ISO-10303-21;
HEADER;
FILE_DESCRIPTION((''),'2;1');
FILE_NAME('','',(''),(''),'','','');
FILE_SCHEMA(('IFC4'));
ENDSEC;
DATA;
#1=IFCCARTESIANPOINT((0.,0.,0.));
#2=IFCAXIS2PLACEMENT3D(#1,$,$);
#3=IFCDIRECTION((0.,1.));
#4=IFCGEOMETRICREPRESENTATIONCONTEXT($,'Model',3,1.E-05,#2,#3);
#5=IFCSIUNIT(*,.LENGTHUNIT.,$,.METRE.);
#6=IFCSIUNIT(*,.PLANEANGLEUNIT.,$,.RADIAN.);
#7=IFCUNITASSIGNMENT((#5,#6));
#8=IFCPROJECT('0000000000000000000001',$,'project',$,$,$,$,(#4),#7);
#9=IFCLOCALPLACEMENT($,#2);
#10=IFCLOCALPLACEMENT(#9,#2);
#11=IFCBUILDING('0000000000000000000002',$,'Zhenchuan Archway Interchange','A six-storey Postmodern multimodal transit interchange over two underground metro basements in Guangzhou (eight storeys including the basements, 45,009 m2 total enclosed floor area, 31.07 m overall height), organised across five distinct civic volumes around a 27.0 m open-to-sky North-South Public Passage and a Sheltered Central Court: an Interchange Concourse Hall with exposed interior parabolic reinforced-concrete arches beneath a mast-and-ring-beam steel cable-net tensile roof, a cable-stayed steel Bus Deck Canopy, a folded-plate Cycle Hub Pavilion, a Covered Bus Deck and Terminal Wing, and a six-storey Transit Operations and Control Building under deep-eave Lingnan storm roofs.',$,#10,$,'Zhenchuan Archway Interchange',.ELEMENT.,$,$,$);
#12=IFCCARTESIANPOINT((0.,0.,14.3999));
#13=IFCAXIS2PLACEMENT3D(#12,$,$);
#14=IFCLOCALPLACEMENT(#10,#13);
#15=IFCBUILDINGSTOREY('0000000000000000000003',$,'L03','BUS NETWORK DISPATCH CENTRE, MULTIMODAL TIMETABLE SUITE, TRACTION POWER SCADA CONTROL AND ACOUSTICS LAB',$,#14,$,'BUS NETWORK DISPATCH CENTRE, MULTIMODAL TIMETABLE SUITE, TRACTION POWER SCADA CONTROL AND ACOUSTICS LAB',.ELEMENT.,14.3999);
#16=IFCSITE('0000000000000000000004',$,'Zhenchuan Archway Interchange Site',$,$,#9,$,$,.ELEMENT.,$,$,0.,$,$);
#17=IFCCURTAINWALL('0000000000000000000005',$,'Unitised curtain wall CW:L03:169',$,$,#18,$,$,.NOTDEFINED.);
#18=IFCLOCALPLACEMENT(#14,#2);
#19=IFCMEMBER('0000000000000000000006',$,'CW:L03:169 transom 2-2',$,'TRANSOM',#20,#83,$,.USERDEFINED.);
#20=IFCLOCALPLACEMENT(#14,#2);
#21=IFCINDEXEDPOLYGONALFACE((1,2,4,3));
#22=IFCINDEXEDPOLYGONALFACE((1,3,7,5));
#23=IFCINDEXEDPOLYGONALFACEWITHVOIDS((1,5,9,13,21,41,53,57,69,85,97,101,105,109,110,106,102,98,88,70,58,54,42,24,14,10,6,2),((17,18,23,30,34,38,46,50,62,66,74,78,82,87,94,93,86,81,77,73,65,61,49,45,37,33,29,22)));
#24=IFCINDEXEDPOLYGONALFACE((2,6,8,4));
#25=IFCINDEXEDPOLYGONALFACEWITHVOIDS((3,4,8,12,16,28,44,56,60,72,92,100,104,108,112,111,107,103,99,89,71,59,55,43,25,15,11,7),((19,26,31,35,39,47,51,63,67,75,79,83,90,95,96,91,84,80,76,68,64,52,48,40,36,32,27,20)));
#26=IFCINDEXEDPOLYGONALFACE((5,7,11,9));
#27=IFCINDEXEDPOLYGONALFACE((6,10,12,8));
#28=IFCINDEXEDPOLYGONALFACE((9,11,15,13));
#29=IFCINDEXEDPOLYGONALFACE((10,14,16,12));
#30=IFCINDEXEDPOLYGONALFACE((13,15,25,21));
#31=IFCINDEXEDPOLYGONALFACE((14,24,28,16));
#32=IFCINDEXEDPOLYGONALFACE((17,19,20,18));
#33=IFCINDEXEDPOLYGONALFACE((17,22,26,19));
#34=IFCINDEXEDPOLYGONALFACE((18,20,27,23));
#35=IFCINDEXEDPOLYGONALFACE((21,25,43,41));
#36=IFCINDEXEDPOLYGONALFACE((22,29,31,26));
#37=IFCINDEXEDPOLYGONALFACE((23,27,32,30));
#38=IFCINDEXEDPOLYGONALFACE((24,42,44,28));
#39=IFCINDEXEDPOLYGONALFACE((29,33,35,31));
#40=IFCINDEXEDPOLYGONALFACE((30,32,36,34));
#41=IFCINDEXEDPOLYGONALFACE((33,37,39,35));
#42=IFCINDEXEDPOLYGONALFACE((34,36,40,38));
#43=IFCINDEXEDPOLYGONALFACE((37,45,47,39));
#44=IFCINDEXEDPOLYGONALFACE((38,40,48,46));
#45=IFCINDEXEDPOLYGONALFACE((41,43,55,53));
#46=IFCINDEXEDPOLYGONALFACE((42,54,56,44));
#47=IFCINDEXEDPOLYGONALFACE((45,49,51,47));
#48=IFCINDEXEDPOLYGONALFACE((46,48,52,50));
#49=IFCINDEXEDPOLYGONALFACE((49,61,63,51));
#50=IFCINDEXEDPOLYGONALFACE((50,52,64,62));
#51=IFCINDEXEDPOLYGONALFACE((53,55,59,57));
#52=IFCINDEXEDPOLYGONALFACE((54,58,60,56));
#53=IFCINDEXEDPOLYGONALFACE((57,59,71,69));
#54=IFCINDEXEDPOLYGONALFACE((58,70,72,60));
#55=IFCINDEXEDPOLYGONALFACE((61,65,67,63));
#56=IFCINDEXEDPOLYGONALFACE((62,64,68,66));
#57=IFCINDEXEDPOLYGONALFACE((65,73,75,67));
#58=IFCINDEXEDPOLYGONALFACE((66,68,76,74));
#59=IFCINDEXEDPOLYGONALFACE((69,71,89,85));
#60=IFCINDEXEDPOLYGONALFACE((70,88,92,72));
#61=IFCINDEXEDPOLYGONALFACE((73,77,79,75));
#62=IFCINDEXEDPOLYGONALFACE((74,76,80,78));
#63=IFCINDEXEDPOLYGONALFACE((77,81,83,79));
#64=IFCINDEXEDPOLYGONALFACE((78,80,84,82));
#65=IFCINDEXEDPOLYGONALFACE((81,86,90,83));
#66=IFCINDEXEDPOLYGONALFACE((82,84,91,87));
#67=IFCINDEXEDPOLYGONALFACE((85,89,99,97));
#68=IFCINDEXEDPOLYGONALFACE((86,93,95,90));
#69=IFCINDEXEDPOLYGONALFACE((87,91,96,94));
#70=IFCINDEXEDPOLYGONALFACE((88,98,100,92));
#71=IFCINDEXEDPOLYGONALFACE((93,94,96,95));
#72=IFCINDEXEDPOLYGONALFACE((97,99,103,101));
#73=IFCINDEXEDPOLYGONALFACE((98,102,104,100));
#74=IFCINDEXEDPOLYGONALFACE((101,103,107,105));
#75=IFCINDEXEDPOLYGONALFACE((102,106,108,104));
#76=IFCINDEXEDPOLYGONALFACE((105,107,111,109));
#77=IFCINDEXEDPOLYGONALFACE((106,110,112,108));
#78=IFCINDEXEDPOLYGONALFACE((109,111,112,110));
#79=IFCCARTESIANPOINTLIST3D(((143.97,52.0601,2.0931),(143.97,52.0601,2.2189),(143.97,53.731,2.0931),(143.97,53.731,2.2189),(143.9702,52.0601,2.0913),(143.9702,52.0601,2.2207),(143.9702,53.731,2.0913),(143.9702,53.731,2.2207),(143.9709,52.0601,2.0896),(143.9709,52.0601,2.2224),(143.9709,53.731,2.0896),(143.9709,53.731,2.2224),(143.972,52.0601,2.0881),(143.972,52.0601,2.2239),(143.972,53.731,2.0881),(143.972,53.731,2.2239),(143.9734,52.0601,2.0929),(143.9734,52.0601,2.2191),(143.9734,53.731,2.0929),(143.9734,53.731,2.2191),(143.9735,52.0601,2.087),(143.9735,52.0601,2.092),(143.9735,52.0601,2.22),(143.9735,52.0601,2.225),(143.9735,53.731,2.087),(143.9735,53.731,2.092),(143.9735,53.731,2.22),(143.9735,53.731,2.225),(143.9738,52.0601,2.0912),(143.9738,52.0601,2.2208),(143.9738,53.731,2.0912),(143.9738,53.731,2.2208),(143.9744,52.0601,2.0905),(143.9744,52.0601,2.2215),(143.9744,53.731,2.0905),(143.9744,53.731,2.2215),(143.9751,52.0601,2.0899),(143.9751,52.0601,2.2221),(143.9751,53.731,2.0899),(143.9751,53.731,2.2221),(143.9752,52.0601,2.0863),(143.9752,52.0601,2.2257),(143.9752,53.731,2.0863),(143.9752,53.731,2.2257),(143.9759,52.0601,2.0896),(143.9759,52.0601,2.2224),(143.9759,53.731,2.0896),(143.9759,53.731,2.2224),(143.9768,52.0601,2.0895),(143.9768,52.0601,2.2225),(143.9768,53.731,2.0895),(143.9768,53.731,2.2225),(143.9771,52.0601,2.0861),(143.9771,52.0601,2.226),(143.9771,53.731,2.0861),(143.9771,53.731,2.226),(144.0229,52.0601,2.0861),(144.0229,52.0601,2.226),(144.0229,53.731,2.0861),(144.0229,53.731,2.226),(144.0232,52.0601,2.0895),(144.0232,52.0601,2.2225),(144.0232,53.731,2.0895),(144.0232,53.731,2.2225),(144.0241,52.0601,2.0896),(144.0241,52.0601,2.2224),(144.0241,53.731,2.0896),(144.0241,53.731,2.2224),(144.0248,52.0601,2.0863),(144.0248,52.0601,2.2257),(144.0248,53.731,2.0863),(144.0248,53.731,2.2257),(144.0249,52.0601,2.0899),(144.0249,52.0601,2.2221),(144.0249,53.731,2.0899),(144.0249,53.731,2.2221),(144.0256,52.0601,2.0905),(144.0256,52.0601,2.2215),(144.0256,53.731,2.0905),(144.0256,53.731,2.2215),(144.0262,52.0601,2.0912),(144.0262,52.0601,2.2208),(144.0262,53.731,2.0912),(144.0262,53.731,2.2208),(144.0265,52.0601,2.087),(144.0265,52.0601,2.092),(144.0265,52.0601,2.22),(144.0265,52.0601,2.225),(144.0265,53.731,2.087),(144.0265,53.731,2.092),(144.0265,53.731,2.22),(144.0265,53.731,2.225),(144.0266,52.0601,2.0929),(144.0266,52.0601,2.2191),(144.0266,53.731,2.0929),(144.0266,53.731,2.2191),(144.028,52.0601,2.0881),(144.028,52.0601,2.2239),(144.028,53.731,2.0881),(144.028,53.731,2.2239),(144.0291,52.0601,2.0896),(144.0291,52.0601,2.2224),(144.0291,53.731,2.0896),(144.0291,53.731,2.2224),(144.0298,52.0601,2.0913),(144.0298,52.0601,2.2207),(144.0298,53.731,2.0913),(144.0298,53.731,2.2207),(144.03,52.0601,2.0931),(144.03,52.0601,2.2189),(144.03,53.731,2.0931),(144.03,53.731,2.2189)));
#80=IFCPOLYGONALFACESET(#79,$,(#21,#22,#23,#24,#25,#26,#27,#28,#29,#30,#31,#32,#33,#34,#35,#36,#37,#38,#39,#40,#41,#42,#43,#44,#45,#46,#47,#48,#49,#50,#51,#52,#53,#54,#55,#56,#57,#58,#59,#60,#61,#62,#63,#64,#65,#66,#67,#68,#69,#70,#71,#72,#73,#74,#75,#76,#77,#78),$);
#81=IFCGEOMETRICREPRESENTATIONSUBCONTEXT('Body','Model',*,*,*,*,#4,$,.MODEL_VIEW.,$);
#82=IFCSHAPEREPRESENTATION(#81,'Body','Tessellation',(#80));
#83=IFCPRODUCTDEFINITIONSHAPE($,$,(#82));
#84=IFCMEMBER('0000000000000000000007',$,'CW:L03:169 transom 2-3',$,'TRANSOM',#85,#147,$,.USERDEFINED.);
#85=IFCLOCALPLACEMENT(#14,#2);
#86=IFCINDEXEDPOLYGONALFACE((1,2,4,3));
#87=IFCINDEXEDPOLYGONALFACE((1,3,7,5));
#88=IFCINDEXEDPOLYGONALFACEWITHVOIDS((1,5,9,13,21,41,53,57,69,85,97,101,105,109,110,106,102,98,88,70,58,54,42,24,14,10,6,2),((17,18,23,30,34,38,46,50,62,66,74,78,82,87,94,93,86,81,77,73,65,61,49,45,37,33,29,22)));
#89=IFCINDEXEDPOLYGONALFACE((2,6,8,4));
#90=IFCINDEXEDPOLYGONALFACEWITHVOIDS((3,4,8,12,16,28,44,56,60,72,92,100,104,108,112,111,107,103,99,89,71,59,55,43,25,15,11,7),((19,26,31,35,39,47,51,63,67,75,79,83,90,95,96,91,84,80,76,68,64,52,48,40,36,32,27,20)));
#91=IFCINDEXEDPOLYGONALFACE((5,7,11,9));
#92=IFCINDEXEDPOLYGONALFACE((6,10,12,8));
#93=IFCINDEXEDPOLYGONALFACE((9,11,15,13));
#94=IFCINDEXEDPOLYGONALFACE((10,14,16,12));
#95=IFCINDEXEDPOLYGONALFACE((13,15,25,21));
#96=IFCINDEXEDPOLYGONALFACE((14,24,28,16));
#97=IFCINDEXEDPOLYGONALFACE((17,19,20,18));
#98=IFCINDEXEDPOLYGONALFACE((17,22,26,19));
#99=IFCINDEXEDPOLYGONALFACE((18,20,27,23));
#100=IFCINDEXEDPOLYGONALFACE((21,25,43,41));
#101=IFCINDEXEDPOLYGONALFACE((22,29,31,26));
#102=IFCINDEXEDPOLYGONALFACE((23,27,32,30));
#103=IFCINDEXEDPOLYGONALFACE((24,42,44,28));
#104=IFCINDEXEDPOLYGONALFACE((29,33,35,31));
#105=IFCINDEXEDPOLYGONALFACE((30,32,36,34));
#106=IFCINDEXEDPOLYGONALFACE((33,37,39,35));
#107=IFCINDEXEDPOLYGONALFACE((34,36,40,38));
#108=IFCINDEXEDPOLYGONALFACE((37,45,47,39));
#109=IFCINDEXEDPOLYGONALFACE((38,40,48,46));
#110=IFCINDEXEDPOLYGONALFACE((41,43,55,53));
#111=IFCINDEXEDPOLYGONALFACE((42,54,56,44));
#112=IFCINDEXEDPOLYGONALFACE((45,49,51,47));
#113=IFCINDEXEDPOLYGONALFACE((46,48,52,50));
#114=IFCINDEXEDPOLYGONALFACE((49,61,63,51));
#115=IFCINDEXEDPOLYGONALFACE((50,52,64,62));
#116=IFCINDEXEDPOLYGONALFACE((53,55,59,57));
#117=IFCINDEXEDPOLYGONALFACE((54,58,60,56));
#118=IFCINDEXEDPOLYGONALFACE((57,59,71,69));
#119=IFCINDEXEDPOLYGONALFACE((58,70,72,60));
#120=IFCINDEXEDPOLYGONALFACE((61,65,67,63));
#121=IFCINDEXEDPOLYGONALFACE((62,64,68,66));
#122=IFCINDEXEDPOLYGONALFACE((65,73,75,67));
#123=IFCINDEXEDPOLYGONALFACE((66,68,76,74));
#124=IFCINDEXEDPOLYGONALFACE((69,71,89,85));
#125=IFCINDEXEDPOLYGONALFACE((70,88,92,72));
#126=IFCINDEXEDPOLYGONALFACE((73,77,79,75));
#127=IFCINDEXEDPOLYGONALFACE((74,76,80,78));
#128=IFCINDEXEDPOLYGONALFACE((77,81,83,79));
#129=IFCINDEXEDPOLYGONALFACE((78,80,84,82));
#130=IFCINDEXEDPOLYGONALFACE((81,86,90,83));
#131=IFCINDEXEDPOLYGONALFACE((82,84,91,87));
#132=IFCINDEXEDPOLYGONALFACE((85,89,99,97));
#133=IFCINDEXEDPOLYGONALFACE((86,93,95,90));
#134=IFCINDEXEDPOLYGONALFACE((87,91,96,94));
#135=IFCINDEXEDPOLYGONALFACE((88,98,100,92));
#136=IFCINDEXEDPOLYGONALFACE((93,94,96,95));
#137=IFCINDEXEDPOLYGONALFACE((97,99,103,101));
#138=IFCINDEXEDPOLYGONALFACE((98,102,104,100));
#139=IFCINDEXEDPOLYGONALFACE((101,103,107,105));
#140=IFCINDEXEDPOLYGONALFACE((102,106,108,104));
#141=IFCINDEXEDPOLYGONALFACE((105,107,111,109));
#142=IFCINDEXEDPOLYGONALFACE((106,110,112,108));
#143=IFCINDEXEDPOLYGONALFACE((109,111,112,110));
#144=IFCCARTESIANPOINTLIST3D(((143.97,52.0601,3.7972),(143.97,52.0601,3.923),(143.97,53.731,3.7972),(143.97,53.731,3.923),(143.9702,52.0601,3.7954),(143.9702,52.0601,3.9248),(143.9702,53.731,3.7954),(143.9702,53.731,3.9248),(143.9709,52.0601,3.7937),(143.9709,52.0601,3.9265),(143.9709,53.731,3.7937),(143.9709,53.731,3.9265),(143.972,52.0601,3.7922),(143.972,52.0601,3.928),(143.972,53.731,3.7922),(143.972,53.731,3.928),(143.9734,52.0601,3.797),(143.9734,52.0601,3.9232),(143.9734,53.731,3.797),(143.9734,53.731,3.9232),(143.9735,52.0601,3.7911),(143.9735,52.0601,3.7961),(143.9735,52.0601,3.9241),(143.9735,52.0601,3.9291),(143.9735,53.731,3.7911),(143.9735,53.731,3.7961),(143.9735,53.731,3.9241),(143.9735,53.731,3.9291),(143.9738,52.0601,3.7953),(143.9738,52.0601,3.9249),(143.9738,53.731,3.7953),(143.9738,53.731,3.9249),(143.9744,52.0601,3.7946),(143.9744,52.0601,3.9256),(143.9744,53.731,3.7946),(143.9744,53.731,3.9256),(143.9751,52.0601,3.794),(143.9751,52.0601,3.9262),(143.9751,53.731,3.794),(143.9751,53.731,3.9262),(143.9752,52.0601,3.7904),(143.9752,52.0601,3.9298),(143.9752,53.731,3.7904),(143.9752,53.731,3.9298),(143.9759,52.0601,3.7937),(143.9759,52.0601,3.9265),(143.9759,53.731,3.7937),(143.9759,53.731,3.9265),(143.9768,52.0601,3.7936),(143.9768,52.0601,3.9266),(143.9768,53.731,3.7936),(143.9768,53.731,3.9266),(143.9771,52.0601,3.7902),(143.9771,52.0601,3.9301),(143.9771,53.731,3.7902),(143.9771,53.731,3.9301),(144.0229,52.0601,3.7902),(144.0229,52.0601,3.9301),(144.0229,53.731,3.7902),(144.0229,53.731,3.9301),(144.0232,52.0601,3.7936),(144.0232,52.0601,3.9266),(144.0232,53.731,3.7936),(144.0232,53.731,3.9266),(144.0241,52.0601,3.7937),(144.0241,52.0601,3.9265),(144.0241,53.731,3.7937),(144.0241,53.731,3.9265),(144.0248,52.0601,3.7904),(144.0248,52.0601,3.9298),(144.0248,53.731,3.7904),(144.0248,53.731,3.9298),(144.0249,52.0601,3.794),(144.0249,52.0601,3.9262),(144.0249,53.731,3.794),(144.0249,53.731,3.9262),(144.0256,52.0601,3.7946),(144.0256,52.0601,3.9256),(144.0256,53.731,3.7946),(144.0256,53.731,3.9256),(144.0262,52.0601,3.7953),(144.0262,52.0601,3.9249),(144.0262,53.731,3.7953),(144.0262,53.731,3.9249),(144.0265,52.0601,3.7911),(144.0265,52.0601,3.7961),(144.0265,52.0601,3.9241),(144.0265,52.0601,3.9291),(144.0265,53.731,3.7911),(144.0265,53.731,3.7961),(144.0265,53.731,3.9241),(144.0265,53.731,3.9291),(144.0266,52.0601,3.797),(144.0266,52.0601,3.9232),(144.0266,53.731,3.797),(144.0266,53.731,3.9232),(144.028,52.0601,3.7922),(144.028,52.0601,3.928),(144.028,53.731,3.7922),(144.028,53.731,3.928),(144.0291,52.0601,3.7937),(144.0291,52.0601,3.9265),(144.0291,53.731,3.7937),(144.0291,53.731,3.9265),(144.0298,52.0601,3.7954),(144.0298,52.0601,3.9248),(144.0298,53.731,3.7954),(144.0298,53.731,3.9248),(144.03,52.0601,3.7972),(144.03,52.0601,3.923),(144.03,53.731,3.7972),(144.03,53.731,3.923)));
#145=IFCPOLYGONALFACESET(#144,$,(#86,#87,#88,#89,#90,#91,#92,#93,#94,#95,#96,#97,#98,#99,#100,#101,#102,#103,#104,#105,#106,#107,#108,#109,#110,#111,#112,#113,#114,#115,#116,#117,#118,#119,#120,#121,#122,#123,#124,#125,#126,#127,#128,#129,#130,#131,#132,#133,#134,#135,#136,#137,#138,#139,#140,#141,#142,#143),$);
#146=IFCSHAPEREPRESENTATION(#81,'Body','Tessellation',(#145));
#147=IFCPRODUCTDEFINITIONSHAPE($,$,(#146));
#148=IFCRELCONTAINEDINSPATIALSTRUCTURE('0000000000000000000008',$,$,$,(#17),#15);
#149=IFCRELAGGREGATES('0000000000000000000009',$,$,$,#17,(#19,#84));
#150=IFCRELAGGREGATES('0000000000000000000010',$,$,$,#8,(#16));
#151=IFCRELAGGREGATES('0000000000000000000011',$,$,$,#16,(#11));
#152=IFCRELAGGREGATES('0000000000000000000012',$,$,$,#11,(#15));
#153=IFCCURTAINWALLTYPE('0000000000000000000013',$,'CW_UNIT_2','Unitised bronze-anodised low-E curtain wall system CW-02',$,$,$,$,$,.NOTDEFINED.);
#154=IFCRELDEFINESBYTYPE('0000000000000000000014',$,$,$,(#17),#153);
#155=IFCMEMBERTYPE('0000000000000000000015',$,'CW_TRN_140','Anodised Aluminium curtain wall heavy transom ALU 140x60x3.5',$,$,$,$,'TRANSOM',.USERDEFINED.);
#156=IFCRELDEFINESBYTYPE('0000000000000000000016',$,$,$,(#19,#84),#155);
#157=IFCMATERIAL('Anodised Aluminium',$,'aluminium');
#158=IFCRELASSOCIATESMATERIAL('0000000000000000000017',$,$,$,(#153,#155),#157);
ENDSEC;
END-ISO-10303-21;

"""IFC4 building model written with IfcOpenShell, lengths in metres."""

from ifc_helpers import new_model, si_unit, direction, frame, origin, origin_2d, place, context, subcontext, project, spatial, hollow_rectangle, extrude, material, material_profile, profile_set, type_object, element, aggregate, save


model = new_model("IFC4")

# Units and contexts
model_context = context("Model", 3, precision=1e-05, world=origin(), true_north=direction((0.0, 1.0)))
body_context = subcontext(model_context, "Body", "Model", "MODEL_VIEW")
ifc_project = project(units=[si_unit("LENGTHUNIT", "METRE"), si_unit("PLANEANGLEUNIT", "RADIAN")], contexts=[model_context])

# Site, building, storey
site_placement = place(None, origin())
site = spatial("IfcSite", under=ifc_project, at=site_placement, Name="Zhenchuan Archway Interchange Site", CompositionType="ELEMENT", RefElevation=0.0)
building_placement = place(site_placement, origin())
building = spatial("IfcBuilding", under=site, at=building_placement, Name="Zhenchuan Archway Interchange", Description="A six-storey Postmodern multimodal transit interchange over two underground metro basements in Guangzhou (eight storeys including the basements, 45,009 m2 total enclosed floor area, 31.07 m overall height), organised across five distinct civic volumes around a 27.0 m open-to-sky North-South Public Passage and a Sheltered Central Court: an Interchange Concourse Hall with exposed interior parabolic reinforced-concrete arches beneath a mast-and-ring-beam steel cable-net tensile roof, a cable-stayed steel Bus Deck Canopy, a folded-plate Cycle Hub Pavilion, a Covered Bus Deck and Terminal Wing, and a six-storey Transit Operations and Control Building under deep-eave Lingnan storm roofs.", LongName="Zhenchuan Archway Interchange", CompositionType="ELEMENT")
storey_placement = place(building_placement, frame((0.0, 0.0, 14.3999)))
storey = spatial("IfcBuildingStorey", under=building, at=storey_placement, Name="L03", Description="BUS NETWORK DISPATCH CENTRE, MULTIMODAL TIMETABLE SUITE, TRACTION POWER SCADA CONTROL AND ACOUSTICS LAB", LongName="BUS NETWORK DISPATCH CENTRE, MULTIMODAL TIMETABLE SUITE, TRACTION POWER SCADA CONTROL AND ACOUSTICS LAB", CompositionType="ELEMENT", Elevation=14.3999)

# Curtain wall, members
ifc_material_1 = material(Name="Anodised Aluminium", Category="aluminium")
curtain_wall_type = type_object("IfcCurtainWallType", Name="CW_UNIT_2", Description="Unitised bronze-anodised low-E curtain wall system CW-02", PredefinedType="NOTDEFINED", material=ifc_material_1)
curtain_wall_placement = place(storey_placement, origin())
curtain_wall = element("IfcCurtainWall", 1, at=curtain_wall_placement, inside=storey, type_object=curtain_wall_type, Name="Unitised curtain wall CW:L03:169", PredefinedType="NOTDEFINED")
ifc_material_profile_1 = material_profile(ifc_material_1, hollow_rectangle(XDim=0.0601, YDim=0.1399, WallThickness=0.0034, InnerFilletRadius=0.0034, OuterFilletRadius=0.0071, at=origin_2d()), Name="ALU 140x60x3.5")
ifc_profile_set_1 = profile_set([ifc_material_profile_1], Name="Anodised Aluminium")
member_type_1 = type_object("IfcMemberType", Name="CW_TRN_140", Description="Anodised Aluminium curtain wall heavy transom ALU 140x60x3.5", ElementType="TRANSOM", PredefinedType="USERDEFINED", material=ifc_profile_set_1)
member_1_placement = place(storey_placement, frame((144.0, 52.0601, 2.156), z_axis=(0.0, 1.0, 0.0), x_axis=(-1.0, 0.0, 0.0)))
member_1 = element("IfcMember", 2, at=member_1_placement, type_object=member_type_1, Name="CW:L03:169 transom 2-2", ObjectType="TRANSOM", PredefinedType="USERDEFINED", context=body_context, shape_type="SweptSolid", body=[
    extrude(hollow_rectangle(XDim=0.0601, YDim=0.1399, WallThickness=0.0034, InnerFilletRadius=0.0034, OuterFilletRadius=0.0071, at=origin_2d()), origin(), (0.0, 0.0, 1.0), 1.6709),
])
member_2_placement = place(storey_placement, frame((144.0, 52.0601, 3.8601), z_axis=(0.0, 1.0, 0.0), x_axis=(-1.0, 0.0, 0.0)))
member_2 = element("IfcMember", 3, at=member_2_placement, type_object=member_type_1, Name="CW:L03:169 transom 2-3", ObjectType="TRANSOM", PredefinedType="USERDEFINED", context=body_context, shape_type="SweptSolid", body=[
    extrude(hollow_rectangle(XDim=0.0601, YDim=0.1399, WallThickness=0.0034, InnerFilletRadius=0.0034, OuterFilletRadius=0.0071, at=origin_2d()), origin(), (0.0, 0.0, 1.0), 1.6709),
])

aggregate(curtain_wall, [member_1, member_2])

save(model, "model.ifc")
